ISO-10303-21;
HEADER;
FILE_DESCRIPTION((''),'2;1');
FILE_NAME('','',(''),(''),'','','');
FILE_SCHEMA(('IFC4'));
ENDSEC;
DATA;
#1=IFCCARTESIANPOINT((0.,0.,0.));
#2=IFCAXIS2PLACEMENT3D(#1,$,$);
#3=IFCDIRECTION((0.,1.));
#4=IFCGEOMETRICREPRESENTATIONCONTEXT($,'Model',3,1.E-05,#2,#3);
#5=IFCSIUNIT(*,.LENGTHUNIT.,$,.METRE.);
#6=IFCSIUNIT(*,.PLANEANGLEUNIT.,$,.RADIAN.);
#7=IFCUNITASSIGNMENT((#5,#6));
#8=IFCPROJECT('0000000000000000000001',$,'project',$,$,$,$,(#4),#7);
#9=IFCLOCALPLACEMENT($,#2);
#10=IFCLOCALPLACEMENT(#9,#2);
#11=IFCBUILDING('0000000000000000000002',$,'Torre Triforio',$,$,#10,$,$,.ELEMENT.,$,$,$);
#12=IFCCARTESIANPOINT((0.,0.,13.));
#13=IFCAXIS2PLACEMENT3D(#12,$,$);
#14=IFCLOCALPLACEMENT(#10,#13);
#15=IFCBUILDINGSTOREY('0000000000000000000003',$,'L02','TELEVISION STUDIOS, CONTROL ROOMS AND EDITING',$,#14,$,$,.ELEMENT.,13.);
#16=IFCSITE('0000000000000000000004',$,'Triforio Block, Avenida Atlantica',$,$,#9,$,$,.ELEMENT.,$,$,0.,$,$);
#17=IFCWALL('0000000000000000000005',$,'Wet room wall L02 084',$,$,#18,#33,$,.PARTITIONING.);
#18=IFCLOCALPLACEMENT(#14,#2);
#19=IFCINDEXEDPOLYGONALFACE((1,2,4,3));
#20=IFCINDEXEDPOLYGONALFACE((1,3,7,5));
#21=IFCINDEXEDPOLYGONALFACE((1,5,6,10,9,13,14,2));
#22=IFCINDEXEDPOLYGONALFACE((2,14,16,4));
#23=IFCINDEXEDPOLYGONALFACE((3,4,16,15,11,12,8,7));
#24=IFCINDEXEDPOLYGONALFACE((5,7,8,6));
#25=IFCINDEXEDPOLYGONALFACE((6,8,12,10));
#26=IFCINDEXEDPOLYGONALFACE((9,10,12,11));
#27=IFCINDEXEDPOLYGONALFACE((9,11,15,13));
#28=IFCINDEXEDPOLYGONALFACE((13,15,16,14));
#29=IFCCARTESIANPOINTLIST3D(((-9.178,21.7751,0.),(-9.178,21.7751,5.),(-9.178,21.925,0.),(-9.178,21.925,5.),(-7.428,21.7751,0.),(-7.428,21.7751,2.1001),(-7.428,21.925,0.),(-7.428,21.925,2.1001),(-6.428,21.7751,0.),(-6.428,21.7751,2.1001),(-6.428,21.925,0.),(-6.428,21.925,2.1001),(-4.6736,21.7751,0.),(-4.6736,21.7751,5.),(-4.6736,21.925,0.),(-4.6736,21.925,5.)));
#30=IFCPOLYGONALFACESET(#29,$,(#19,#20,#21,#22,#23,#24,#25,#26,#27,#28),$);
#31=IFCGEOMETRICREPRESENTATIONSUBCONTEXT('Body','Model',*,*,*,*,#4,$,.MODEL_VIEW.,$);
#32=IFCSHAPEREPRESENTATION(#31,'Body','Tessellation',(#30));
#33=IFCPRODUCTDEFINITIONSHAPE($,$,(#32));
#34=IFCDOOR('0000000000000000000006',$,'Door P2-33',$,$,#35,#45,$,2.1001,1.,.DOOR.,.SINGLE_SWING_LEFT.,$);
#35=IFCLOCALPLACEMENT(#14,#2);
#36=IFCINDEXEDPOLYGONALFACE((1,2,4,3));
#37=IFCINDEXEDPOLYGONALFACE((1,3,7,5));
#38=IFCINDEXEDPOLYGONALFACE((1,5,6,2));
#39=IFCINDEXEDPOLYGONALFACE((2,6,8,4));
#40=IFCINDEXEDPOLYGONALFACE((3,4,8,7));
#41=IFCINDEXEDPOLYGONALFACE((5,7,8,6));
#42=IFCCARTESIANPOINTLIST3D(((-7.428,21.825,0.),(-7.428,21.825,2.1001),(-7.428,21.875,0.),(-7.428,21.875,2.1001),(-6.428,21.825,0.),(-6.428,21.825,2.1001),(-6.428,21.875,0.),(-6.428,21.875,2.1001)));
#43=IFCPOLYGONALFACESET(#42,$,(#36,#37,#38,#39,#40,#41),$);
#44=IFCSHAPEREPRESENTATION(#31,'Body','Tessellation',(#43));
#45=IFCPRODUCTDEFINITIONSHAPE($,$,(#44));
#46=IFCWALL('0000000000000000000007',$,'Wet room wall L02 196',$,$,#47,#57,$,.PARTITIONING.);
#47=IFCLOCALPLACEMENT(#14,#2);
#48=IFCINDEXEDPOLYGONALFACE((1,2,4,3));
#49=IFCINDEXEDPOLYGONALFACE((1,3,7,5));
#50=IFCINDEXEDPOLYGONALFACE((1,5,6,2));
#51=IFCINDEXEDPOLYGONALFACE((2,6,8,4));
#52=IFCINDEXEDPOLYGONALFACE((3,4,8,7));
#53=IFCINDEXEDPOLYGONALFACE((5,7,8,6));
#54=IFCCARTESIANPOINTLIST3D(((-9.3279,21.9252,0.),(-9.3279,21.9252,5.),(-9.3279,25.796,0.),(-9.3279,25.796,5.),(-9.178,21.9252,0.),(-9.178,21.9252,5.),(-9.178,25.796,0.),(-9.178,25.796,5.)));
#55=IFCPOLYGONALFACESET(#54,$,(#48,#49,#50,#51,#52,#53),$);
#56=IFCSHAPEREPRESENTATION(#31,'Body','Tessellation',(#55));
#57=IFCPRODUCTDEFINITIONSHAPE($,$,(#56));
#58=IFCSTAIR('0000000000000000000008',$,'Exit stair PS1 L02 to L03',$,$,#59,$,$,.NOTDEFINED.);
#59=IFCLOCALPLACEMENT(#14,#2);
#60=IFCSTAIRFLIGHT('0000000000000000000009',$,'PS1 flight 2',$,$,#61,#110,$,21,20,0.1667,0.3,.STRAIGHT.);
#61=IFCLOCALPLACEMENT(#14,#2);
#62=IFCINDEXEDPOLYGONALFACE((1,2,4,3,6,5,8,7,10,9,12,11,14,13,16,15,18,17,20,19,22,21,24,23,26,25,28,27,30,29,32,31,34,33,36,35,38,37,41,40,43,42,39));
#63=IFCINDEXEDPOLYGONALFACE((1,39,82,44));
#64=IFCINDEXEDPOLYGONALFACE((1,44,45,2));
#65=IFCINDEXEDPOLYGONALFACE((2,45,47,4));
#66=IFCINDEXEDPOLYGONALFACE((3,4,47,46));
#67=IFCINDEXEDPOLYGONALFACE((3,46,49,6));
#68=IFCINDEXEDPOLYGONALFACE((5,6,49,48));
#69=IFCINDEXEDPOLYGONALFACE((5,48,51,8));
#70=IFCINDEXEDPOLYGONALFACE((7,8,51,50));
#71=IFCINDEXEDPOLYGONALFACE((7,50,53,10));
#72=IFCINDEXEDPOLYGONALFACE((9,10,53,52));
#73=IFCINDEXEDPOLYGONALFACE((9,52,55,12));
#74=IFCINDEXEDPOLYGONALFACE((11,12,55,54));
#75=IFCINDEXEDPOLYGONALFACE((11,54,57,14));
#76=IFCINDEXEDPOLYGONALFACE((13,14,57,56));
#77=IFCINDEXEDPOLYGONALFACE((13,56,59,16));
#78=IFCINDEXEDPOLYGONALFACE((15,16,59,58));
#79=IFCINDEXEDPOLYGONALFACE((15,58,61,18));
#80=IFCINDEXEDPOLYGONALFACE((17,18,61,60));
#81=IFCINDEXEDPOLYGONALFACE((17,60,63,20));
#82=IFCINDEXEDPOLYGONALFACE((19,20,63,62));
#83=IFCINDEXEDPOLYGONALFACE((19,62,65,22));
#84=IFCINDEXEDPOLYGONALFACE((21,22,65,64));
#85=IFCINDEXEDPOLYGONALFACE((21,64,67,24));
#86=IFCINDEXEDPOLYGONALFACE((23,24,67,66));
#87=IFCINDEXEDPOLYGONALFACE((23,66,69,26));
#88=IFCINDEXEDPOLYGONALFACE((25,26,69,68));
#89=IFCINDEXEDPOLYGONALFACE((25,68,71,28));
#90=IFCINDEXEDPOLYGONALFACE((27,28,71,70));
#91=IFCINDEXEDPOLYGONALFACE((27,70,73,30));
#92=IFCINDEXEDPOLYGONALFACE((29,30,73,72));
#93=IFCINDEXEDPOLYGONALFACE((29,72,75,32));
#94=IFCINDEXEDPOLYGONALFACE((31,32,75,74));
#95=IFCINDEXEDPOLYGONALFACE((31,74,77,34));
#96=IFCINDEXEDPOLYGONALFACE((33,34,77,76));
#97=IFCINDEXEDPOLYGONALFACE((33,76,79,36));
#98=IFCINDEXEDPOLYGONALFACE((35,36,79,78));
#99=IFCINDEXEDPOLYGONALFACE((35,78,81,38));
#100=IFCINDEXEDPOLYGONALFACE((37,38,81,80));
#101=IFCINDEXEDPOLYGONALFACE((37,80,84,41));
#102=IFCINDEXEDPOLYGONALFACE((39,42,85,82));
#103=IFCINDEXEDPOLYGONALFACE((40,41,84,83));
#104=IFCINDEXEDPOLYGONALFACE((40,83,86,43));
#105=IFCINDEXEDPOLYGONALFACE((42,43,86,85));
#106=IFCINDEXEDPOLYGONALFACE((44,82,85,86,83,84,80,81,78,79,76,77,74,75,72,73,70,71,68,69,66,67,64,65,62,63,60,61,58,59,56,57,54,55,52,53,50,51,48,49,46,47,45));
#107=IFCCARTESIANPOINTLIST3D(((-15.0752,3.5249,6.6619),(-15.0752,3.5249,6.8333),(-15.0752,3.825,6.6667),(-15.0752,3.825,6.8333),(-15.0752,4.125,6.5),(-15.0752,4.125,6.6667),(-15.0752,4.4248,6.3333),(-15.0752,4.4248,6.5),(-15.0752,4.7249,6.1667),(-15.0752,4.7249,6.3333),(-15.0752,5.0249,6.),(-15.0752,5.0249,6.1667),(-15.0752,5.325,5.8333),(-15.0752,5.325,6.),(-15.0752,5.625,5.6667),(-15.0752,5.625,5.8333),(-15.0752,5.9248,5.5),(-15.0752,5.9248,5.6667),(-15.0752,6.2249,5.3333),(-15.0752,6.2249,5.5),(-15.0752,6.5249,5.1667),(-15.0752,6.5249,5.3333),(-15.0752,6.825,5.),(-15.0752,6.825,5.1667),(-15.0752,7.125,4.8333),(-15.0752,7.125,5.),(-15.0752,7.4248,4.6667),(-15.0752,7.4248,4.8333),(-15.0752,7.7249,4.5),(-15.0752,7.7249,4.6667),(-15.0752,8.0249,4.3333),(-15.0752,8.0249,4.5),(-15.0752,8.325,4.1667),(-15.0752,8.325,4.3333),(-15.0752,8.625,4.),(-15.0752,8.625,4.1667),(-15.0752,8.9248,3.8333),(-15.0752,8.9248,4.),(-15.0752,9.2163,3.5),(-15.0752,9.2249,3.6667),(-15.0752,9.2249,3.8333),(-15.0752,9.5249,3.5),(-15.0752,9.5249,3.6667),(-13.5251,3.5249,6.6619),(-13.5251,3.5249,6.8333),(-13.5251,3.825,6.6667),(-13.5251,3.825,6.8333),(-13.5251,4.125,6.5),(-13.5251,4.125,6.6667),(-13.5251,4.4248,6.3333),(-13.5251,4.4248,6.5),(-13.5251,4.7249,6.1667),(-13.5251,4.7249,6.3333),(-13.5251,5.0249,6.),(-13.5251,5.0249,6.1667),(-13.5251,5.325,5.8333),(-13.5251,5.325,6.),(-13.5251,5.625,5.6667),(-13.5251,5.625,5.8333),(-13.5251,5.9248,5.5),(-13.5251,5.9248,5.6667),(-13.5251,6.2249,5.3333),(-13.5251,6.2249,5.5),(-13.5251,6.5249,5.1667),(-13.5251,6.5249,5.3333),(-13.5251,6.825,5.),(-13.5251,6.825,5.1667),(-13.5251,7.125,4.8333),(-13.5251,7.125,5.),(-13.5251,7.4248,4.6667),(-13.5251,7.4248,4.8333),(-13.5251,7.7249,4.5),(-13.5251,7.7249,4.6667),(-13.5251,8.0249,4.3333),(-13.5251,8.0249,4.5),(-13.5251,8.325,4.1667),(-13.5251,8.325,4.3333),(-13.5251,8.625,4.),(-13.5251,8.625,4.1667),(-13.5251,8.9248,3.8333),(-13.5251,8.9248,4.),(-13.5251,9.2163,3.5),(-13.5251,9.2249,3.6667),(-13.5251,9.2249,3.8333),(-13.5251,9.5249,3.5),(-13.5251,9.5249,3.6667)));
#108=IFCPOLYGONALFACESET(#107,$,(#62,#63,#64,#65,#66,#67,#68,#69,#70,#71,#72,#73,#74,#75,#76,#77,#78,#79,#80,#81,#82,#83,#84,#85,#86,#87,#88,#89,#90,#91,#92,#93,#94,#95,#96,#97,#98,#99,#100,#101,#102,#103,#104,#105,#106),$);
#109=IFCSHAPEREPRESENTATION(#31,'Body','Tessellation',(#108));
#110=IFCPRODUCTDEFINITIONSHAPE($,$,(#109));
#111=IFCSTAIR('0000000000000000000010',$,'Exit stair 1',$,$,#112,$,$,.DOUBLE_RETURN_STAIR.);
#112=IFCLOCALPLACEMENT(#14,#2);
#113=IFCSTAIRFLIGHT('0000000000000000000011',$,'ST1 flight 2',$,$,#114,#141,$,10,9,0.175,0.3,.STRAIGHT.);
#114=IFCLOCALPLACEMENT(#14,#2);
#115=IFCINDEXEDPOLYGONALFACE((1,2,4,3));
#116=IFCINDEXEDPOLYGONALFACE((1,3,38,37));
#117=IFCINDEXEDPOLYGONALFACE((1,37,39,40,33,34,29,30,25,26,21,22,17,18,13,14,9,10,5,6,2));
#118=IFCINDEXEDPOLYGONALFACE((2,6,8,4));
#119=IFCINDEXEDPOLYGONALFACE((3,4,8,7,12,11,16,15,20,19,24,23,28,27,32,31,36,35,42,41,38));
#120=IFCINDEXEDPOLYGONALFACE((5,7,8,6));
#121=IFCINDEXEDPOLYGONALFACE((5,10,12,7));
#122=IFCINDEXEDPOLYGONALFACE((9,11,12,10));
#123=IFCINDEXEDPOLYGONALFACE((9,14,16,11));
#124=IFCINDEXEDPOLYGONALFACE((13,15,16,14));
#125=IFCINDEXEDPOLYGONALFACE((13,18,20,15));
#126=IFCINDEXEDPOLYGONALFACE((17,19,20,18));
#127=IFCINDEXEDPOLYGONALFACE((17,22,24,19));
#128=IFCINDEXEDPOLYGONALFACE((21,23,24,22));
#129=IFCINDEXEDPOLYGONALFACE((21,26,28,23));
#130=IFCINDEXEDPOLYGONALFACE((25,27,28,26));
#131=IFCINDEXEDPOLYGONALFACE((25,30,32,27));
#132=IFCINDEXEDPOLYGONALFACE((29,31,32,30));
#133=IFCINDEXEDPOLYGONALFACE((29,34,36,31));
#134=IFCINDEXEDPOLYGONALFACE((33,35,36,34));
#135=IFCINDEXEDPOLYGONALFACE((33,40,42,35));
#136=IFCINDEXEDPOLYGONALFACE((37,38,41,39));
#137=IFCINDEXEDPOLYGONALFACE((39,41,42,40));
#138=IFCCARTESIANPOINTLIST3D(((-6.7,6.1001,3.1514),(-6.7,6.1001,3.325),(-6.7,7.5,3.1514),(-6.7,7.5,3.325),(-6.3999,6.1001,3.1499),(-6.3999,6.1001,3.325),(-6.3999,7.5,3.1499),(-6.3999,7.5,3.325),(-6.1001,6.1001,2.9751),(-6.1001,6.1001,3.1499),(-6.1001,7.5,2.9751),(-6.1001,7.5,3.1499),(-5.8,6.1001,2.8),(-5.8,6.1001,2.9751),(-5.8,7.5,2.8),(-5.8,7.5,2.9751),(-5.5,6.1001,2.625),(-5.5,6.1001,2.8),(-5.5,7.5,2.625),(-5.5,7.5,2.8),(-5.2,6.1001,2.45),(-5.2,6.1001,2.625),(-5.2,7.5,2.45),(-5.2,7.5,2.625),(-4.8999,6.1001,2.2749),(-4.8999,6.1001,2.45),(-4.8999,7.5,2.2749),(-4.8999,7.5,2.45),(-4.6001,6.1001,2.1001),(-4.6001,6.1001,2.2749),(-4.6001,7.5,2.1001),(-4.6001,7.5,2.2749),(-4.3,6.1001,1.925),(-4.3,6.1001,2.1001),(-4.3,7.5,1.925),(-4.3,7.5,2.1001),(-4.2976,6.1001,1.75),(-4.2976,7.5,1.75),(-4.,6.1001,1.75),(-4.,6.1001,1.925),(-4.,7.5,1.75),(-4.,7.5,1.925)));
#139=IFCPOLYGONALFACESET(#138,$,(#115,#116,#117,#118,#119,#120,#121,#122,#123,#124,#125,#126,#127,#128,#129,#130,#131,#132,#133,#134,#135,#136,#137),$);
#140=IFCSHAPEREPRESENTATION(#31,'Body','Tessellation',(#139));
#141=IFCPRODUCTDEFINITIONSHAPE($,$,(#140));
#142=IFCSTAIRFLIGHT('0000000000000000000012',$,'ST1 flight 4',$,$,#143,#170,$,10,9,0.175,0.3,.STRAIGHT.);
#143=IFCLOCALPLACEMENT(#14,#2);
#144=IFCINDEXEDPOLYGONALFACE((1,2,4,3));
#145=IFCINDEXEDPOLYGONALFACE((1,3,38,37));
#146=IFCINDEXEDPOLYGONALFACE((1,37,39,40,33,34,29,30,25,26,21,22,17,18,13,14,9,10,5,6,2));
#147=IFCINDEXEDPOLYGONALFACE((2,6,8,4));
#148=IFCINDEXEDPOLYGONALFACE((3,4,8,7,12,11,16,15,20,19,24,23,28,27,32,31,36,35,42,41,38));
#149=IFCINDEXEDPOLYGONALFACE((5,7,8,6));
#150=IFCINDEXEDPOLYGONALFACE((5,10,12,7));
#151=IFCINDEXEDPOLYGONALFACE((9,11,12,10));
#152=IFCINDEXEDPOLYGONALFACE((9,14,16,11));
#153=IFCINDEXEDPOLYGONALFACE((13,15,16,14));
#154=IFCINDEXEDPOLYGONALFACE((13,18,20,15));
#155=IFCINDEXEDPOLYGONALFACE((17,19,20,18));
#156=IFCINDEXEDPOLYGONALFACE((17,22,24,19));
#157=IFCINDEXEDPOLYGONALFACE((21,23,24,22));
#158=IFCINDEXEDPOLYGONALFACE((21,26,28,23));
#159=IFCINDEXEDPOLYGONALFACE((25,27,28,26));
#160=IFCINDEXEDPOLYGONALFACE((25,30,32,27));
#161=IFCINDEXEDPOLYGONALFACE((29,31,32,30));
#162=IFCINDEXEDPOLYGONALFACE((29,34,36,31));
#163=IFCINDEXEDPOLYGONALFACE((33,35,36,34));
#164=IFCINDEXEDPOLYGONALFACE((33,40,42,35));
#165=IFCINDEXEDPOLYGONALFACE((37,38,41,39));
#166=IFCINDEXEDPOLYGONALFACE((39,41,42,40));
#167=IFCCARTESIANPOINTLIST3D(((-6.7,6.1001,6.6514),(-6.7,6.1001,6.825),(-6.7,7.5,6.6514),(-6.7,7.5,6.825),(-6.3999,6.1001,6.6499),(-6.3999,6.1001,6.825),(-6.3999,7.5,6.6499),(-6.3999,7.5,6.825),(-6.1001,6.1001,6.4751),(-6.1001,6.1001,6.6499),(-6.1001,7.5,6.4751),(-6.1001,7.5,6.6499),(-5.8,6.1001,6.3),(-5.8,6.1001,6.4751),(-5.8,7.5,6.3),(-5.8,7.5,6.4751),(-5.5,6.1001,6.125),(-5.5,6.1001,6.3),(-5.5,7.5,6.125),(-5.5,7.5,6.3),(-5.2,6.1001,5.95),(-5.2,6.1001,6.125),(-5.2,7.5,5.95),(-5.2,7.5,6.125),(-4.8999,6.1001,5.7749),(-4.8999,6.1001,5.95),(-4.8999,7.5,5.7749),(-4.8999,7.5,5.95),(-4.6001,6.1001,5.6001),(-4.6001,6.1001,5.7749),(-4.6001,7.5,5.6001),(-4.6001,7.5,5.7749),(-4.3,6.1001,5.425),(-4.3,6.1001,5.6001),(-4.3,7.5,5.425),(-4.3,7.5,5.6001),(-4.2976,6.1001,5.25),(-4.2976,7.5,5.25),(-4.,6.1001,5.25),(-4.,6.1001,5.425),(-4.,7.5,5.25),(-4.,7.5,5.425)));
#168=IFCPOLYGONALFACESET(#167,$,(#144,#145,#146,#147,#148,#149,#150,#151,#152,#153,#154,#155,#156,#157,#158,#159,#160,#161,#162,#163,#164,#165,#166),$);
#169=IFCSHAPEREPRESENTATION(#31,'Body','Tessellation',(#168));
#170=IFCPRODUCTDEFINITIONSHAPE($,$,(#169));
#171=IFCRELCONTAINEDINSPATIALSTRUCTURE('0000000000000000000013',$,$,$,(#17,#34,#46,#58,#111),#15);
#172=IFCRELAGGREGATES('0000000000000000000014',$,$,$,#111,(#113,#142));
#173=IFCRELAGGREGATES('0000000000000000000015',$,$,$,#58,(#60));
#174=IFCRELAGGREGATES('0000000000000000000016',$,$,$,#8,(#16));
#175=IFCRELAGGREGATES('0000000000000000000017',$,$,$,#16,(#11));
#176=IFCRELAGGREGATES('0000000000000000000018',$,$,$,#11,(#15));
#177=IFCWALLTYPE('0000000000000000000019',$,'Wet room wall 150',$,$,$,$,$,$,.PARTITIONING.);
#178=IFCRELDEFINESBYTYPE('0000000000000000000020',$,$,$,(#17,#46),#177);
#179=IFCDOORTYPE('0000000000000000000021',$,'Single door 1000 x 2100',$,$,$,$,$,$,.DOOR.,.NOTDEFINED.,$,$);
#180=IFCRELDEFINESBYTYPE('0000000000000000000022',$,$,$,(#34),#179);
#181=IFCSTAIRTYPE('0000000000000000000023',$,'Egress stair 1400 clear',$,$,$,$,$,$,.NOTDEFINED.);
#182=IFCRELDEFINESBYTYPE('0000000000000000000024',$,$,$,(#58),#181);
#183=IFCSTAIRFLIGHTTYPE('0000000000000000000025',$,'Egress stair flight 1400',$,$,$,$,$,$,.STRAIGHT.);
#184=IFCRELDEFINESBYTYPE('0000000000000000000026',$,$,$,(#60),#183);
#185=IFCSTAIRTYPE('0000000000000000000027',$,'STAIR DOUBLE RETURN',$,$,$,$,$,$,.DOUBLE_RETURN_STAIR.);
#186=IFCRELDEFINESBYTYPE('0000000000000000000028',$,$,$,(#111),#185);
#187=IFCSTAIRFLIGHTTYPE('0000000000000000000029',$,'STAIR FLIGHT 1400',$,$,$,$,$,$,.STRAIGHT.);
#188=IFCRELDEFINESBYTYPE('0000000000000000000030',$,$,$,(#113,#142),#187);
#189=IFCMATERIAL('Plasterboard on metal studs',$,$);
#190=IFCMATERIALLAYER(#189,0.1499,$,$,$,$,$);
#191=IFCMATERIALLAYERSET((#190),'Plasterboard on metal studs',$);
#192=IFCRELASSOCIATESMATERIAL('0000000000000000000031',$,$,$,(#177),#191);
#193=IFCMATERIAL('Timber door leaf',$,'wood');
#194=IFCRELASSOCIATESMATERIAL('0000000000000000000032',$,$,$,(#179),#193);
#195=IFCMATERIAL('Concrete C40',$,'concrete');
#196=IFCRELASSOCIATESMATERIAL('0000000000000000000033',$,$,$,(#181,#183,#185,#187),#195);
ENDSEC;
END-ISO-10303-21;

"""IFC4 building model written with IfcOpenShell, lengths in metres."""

from ifc_helpers import new_model, si_unit, direction, frame, frame_2d, origin, place, context, subcontext, project, spatial, polyline, rectangle, outline, extrude, material, layer, layer_set, type_object, element, fill, aggregate, save


model = new_model("IFC4")

# Units and contexts
model_context = context("Model", 3, precision=1e-05, world=origin(), true_north=direction((0.0, 1.0)))
body_context = subcontext(model_context, "Body", "Model", "MODEL_VIEW")
ifc_project = project(units=[si_unit("LENGTHUNIT", "METRE"), si_unit("PLANEANGLEUNIT", "RADIAN")], contexts=[model_context])

# Site, building, storey
site_placement = place(None, origin())
site = spatial("IfcSite", under=ifc_project, at=site_placement, Name="Triforio Block, Avenida Atlantica", CompositionType="ELEMENT", RefElevation=0.0)
building_placement = place(site_placement, origin())
building = spatial("IfcBuilding", under=site, at=building_placement, Name="Torre Triforio", CompositionType="ELEMENT")
storey_placement = place(building_placement, frame((0.0, 0.0, 13.0)))
storey = spatial("IfcBuildingStorey", under=building, at=storey_placement, Name="L02", Description="TELEVISION STUDIOS, CONTROL ROOMS AND EDITING", CompositionType="ELEMENT", Elevation=13.0)

# Shared definitions
ifc_material_1 = material(Name="Plasterboard on metal studs")

# Wall, opening, door
ifc_layer_1 = layer(ifc_material_1, 0.1499)
ifc_layer_set_1 = layer_set([ifc_layer_1], Name="Plasterboard on metal studs")
wall_type_1 = type_object("IfcWallType", Name="Wet room wall 150", PredefinedType="PARTITIONING", material=ifc_layer_set_1)
wall_1_placement = place(storey_placement, frame((-9.178, 21.8501, 0.0), z_axis=(0.0, 0.0, 1.0), x_axis=(1.0, 0.0, 0.0)))
wall_1 = element("IfcWall", 1, at=wall_1_placement, inside=storey, type_object=wall_type_1, Name="Wet room wall L02 084", PredefinedType="PARTITIONING", context=body_context, shape_type="SweptSolid", body=[
    extrude(rectangle(XDim=4.5044, YDim=0.1499, at=frame_2d((2.2522, 0.0))), origin(), (0.0, 0.0, 1.0), 5.0),
])
opening_1_placement = place(wall_1_placement, frame((1.75, 0.0, 0.0)))
opening_1 = element("IfcOpeningElement", 2, at=opening_1_placement, cuts=wall_1, PredefinedType="OPENING", context=body_context, shape_type="SweptSolid", body=[
    extrude(rectangle(XDim=1.0, YDim=2.1001, at=frame_2d((0.5, 1.05))), frame((0.0, 0.085, 0.0), z_axis=(0.0, -1.0, 0.0), x_axis=(1.0, 0.0, 0.0)), (0.0, 0.0, 1.0), 0.1699),
])
ifc_material_2 = material(Name="Timber door leaf", Category="wood")
door_type_1 = type_object("IfcDoorType", Name="Single door 1000 x 2100", OperationType="NOTDEFINED", PredefinedType="DOOR", material=ifc_material_2)
door_1_placement = place(opening_1_placement, origin())
door_1 = element("IfcDoor", 3, at=door_1_placement, inside=storey, type_object=door_type_1, Name="Door P2-33", OperationType="SINGLE_SWING_LEFT", OverallHeight=2.1001, OverallWidth=1.0, PredefinedType="DOOR", context=body_context, shape_type="SweptSolid", body=[
    extrude(rectangle(XDim=1.0, YDim=2.1001, at=frame_2d((0.5, 1.05))), frame((0.0, 0.0249, 0.0), z_axis=(0.0, -1.0, 0.0), x_axis=(1.0, 0.0, 0.0)), (0.0, 0.0, 1.0), 0.05),
])
fill(opening_1, door_1)

# Wall
wall_2_placement = place(storey_placement, frame((-9.2529, 21.925, 0.0), z_axis=(0.0, 0.0, 1.0), x_axis=(0.0, 1.0, 0.0)))
element("IfcWall", 4, at=wall_2_placement, inside=storey, type_object=wall_type_1, Name="Wet room wall L02 196", PredefinedType="PARTITIONING", context=body_context, shape_type="SweptSolid", body=[
    extrude(rectangle(XDim=3.8708, YDim=0.1499, at=frame_2d((1.9355, 0.0))), origin(), (0.0, 0.0, 1.0), 5.0),
])

# Stair, stair flight
ifc_material_3 = material(Name="Concrete C40", Category="concrete")
stair_type_1 = type_object("IfcStairType", Name="Egress stair 1400 clear", PredefinedType="NOTDEFINED", material=ifc_material_3)
stair_1_placement = place(storey_placement, origin())
stair_1 = element("IfcStair", 5, at=stair_1_placement, inside=storey, type_object=stair_type_1, Name="Exit stair PS1 L02 to L03", PredefinedType="NOTDEFINED")
stair_flight_type_1 = type_object("IfcStairFlightType", Name="Egress stair flight 1400", PredefinedType="STRAIGHT", material=ifc_material_3)
stair_flight_1_placement = place(storey_placement, frame((-14.3, 9.5249, 3.5), z_axis=(0.0, 0.0, 1.0), x_axis=(0.0, -1.0, 0.0)))
stair_flight_1 = element("IfcStairFlight", 6, at=stair_flight_1_placement, type_object=stair_flight_type_1, Name="PS1 flight 2", NumberOfRisers=21, NumberOfTreads=20, PredefinedType="STRAIGHT", RiserHeight=0.1667, TreadLength=0.3, context=body_context, shape_type="SweptSolid", body=[
    extrude(outline(polyline([(0.0, 0.0), (0.0, 0.1667), (0.3, 0.1667), (0.3, 0.3333), (0.6001, 0.3333), (0.6001, 0.5), (0.8999, 0.5), (0.8999, 0.6667), (1.2, 0.6667), (1.2, 0.8333), (1.5, 0.8333), (1.5, 1.0), (1.8, 1.0), (1.8, 1.1667), (2.1001, 1.1667), (2.1001, 1.3333), (2.3999, 1.3333), (2.3999, 1.5), (2.7, 1.5), (2.7, 1.6667), (3.0, 1.6667), (3.0, 1.8333), (3.3, 1.8333), (3.3, 2.0), (3.6001, 2.0), (3.6001, 2.1667), (3.8999, 2.1667), (3.8999, 2.3333), (4.2, 2.3333), (4.2, 2.5), (4.5, 2.5), (4.5, 2.6667), (4.8, 2.6667), (4.8, 2.8333), (5.1001, 2.8333), (5.1001, 3.0), (5.3999, 3.0), (5.3999, 3.1667), (5.7, 3.1667), (5.7, 3.3333), (6.0, 3.3333), (6.0, 3.5), (6.0, 3.1619), (0.3086, 0.0), (0.0, 0.0)])), frame((0.0, 0.7749, 0.0), z_axis=(0.0, -1.0, 0.0), x_axis=(1.0, 0.0, 0.0)), (0.0, 0.0, 1.0), 1.55),
])

# Stair, stair flights
stair_type_2 = type_object("IfcStairType", Name="STAIR DOUBLE RETURN", PredefinedType="DOUBLE_RETURN_STAIR", material=ifc_material_3)
stair_2_placement = place(storey_placement, origin())
stair_2 = element("IfcStair", 7, at=stair_2_placement, inside=storey, type_object=stair_type_2, Name="Exit stair 1", PredefinedType="DOUBLE_RETURN_STAIR")
stair_flight_type_2 = type_object("IfcStairFlightType", Name="STAIR FLIGHT 1400", PredefinedType="STRAIGHT", material=ifc_material_3)
stair_flight_2_placement = place(storey_placement, frame((-4.0, 6.8, 1.75), z_axis=(0.0, 0.0, 1.0), x_axis=(-1.0, 0.0, 0.0)))
stair_flight_2 = element("IfcStairFlight", 8, at=stair_flight_2_placement, type_object=stair_flight_type_2, Name="ST1 flight 2", NumberOfRisers=10, NumberOfTreads=9, PredefinedType="STRAIGHT", RiserHeight=0.175, TreadLength=0.3, context=body_context, shape_type="SweptSolid", body=[
    extrude(outline(polyline([(0.0, 0.0), (0.0, 0.175), (0.3, 0.175), (0.3, 0.3501), (0.6001, 0.3501), (0.6001, 0.5249), (0.8999, 0.5249), (0.8999, 0.7), (1.2, 0.7), (1.2, 0.875), (1.5, 0.875), (1.5, 1.05), (1.8, 1.05), (1.8, 1.2251), (2.1001, 1.2251), (2.1001, 1.3999), (2.3999, 1.3999), (2.3999, 1.575), (2.7, 1.575), (2.7, 1.75), (2.7, 1.4014), (0.2976, 0.0), (0.0, 0.0)])), frame((0.0, 0.7, 0.0), z_axis=(0.0, -1.0, 0.0), x_axis=(1.0, 0.0, 0.0)), (0.0, 0.0, 1.0), 1.3999),
])
stair_flight_3_placement = place(storey_placement, frame((-4.0, 6.8, 5.25), z_axis=(0.0, 0.0, 1.0), x_axis=(-1.0, 0.0, 0.0)))
stair_flight_3 = element("IfcStairFlight", 9, at=stair_flight_3_placement, type_object=stair_flight_type_2, Name="ST1 flight 4", NumberOfRisers=10, NumberOfTreads=9, PredefinedType="STRAIGHT", RiserHeight=0.175, TreadLength=0.3, context=body_context, shape_type="SweptSolid", body=[
    extrude(outline(polyline([(0.0, 0.0), (0.0, 0.175), (0.3, 0.175), (0.3, 0.3501), (0.6001, 0.3501), (0.6001, 0.5249), (0.8999, 0.5249), (0.8999, 0.7), (1.2, 0.7), (1.2, 0.875), (1.5, 0.875), (1.5, 1.05), (1.8, 1.05), (1.8, 1.2251), (2.1001, 1.2251), (2.1001, 1.3999), (2.3999, 1.3999), (2.3999, 1.575), (2.7, 1.575), (2.7, 1.75), (2.7, 1.4014), (0.2976, 0.0), (0.0, 0.0)])), frame((0.0, 0.7, 0.0), z_axis=(0.0, -1.0, 0.0), x_axis=(1.0, 0.0, 0.0)), (0.0, 0.0, 1.0), 1.3999),
])
aggregate(stair_2, [stair_flight_2, stair_flight_3])

aggregate(stair_1, [stair_flight_1])

save(model, "model.ifc")
